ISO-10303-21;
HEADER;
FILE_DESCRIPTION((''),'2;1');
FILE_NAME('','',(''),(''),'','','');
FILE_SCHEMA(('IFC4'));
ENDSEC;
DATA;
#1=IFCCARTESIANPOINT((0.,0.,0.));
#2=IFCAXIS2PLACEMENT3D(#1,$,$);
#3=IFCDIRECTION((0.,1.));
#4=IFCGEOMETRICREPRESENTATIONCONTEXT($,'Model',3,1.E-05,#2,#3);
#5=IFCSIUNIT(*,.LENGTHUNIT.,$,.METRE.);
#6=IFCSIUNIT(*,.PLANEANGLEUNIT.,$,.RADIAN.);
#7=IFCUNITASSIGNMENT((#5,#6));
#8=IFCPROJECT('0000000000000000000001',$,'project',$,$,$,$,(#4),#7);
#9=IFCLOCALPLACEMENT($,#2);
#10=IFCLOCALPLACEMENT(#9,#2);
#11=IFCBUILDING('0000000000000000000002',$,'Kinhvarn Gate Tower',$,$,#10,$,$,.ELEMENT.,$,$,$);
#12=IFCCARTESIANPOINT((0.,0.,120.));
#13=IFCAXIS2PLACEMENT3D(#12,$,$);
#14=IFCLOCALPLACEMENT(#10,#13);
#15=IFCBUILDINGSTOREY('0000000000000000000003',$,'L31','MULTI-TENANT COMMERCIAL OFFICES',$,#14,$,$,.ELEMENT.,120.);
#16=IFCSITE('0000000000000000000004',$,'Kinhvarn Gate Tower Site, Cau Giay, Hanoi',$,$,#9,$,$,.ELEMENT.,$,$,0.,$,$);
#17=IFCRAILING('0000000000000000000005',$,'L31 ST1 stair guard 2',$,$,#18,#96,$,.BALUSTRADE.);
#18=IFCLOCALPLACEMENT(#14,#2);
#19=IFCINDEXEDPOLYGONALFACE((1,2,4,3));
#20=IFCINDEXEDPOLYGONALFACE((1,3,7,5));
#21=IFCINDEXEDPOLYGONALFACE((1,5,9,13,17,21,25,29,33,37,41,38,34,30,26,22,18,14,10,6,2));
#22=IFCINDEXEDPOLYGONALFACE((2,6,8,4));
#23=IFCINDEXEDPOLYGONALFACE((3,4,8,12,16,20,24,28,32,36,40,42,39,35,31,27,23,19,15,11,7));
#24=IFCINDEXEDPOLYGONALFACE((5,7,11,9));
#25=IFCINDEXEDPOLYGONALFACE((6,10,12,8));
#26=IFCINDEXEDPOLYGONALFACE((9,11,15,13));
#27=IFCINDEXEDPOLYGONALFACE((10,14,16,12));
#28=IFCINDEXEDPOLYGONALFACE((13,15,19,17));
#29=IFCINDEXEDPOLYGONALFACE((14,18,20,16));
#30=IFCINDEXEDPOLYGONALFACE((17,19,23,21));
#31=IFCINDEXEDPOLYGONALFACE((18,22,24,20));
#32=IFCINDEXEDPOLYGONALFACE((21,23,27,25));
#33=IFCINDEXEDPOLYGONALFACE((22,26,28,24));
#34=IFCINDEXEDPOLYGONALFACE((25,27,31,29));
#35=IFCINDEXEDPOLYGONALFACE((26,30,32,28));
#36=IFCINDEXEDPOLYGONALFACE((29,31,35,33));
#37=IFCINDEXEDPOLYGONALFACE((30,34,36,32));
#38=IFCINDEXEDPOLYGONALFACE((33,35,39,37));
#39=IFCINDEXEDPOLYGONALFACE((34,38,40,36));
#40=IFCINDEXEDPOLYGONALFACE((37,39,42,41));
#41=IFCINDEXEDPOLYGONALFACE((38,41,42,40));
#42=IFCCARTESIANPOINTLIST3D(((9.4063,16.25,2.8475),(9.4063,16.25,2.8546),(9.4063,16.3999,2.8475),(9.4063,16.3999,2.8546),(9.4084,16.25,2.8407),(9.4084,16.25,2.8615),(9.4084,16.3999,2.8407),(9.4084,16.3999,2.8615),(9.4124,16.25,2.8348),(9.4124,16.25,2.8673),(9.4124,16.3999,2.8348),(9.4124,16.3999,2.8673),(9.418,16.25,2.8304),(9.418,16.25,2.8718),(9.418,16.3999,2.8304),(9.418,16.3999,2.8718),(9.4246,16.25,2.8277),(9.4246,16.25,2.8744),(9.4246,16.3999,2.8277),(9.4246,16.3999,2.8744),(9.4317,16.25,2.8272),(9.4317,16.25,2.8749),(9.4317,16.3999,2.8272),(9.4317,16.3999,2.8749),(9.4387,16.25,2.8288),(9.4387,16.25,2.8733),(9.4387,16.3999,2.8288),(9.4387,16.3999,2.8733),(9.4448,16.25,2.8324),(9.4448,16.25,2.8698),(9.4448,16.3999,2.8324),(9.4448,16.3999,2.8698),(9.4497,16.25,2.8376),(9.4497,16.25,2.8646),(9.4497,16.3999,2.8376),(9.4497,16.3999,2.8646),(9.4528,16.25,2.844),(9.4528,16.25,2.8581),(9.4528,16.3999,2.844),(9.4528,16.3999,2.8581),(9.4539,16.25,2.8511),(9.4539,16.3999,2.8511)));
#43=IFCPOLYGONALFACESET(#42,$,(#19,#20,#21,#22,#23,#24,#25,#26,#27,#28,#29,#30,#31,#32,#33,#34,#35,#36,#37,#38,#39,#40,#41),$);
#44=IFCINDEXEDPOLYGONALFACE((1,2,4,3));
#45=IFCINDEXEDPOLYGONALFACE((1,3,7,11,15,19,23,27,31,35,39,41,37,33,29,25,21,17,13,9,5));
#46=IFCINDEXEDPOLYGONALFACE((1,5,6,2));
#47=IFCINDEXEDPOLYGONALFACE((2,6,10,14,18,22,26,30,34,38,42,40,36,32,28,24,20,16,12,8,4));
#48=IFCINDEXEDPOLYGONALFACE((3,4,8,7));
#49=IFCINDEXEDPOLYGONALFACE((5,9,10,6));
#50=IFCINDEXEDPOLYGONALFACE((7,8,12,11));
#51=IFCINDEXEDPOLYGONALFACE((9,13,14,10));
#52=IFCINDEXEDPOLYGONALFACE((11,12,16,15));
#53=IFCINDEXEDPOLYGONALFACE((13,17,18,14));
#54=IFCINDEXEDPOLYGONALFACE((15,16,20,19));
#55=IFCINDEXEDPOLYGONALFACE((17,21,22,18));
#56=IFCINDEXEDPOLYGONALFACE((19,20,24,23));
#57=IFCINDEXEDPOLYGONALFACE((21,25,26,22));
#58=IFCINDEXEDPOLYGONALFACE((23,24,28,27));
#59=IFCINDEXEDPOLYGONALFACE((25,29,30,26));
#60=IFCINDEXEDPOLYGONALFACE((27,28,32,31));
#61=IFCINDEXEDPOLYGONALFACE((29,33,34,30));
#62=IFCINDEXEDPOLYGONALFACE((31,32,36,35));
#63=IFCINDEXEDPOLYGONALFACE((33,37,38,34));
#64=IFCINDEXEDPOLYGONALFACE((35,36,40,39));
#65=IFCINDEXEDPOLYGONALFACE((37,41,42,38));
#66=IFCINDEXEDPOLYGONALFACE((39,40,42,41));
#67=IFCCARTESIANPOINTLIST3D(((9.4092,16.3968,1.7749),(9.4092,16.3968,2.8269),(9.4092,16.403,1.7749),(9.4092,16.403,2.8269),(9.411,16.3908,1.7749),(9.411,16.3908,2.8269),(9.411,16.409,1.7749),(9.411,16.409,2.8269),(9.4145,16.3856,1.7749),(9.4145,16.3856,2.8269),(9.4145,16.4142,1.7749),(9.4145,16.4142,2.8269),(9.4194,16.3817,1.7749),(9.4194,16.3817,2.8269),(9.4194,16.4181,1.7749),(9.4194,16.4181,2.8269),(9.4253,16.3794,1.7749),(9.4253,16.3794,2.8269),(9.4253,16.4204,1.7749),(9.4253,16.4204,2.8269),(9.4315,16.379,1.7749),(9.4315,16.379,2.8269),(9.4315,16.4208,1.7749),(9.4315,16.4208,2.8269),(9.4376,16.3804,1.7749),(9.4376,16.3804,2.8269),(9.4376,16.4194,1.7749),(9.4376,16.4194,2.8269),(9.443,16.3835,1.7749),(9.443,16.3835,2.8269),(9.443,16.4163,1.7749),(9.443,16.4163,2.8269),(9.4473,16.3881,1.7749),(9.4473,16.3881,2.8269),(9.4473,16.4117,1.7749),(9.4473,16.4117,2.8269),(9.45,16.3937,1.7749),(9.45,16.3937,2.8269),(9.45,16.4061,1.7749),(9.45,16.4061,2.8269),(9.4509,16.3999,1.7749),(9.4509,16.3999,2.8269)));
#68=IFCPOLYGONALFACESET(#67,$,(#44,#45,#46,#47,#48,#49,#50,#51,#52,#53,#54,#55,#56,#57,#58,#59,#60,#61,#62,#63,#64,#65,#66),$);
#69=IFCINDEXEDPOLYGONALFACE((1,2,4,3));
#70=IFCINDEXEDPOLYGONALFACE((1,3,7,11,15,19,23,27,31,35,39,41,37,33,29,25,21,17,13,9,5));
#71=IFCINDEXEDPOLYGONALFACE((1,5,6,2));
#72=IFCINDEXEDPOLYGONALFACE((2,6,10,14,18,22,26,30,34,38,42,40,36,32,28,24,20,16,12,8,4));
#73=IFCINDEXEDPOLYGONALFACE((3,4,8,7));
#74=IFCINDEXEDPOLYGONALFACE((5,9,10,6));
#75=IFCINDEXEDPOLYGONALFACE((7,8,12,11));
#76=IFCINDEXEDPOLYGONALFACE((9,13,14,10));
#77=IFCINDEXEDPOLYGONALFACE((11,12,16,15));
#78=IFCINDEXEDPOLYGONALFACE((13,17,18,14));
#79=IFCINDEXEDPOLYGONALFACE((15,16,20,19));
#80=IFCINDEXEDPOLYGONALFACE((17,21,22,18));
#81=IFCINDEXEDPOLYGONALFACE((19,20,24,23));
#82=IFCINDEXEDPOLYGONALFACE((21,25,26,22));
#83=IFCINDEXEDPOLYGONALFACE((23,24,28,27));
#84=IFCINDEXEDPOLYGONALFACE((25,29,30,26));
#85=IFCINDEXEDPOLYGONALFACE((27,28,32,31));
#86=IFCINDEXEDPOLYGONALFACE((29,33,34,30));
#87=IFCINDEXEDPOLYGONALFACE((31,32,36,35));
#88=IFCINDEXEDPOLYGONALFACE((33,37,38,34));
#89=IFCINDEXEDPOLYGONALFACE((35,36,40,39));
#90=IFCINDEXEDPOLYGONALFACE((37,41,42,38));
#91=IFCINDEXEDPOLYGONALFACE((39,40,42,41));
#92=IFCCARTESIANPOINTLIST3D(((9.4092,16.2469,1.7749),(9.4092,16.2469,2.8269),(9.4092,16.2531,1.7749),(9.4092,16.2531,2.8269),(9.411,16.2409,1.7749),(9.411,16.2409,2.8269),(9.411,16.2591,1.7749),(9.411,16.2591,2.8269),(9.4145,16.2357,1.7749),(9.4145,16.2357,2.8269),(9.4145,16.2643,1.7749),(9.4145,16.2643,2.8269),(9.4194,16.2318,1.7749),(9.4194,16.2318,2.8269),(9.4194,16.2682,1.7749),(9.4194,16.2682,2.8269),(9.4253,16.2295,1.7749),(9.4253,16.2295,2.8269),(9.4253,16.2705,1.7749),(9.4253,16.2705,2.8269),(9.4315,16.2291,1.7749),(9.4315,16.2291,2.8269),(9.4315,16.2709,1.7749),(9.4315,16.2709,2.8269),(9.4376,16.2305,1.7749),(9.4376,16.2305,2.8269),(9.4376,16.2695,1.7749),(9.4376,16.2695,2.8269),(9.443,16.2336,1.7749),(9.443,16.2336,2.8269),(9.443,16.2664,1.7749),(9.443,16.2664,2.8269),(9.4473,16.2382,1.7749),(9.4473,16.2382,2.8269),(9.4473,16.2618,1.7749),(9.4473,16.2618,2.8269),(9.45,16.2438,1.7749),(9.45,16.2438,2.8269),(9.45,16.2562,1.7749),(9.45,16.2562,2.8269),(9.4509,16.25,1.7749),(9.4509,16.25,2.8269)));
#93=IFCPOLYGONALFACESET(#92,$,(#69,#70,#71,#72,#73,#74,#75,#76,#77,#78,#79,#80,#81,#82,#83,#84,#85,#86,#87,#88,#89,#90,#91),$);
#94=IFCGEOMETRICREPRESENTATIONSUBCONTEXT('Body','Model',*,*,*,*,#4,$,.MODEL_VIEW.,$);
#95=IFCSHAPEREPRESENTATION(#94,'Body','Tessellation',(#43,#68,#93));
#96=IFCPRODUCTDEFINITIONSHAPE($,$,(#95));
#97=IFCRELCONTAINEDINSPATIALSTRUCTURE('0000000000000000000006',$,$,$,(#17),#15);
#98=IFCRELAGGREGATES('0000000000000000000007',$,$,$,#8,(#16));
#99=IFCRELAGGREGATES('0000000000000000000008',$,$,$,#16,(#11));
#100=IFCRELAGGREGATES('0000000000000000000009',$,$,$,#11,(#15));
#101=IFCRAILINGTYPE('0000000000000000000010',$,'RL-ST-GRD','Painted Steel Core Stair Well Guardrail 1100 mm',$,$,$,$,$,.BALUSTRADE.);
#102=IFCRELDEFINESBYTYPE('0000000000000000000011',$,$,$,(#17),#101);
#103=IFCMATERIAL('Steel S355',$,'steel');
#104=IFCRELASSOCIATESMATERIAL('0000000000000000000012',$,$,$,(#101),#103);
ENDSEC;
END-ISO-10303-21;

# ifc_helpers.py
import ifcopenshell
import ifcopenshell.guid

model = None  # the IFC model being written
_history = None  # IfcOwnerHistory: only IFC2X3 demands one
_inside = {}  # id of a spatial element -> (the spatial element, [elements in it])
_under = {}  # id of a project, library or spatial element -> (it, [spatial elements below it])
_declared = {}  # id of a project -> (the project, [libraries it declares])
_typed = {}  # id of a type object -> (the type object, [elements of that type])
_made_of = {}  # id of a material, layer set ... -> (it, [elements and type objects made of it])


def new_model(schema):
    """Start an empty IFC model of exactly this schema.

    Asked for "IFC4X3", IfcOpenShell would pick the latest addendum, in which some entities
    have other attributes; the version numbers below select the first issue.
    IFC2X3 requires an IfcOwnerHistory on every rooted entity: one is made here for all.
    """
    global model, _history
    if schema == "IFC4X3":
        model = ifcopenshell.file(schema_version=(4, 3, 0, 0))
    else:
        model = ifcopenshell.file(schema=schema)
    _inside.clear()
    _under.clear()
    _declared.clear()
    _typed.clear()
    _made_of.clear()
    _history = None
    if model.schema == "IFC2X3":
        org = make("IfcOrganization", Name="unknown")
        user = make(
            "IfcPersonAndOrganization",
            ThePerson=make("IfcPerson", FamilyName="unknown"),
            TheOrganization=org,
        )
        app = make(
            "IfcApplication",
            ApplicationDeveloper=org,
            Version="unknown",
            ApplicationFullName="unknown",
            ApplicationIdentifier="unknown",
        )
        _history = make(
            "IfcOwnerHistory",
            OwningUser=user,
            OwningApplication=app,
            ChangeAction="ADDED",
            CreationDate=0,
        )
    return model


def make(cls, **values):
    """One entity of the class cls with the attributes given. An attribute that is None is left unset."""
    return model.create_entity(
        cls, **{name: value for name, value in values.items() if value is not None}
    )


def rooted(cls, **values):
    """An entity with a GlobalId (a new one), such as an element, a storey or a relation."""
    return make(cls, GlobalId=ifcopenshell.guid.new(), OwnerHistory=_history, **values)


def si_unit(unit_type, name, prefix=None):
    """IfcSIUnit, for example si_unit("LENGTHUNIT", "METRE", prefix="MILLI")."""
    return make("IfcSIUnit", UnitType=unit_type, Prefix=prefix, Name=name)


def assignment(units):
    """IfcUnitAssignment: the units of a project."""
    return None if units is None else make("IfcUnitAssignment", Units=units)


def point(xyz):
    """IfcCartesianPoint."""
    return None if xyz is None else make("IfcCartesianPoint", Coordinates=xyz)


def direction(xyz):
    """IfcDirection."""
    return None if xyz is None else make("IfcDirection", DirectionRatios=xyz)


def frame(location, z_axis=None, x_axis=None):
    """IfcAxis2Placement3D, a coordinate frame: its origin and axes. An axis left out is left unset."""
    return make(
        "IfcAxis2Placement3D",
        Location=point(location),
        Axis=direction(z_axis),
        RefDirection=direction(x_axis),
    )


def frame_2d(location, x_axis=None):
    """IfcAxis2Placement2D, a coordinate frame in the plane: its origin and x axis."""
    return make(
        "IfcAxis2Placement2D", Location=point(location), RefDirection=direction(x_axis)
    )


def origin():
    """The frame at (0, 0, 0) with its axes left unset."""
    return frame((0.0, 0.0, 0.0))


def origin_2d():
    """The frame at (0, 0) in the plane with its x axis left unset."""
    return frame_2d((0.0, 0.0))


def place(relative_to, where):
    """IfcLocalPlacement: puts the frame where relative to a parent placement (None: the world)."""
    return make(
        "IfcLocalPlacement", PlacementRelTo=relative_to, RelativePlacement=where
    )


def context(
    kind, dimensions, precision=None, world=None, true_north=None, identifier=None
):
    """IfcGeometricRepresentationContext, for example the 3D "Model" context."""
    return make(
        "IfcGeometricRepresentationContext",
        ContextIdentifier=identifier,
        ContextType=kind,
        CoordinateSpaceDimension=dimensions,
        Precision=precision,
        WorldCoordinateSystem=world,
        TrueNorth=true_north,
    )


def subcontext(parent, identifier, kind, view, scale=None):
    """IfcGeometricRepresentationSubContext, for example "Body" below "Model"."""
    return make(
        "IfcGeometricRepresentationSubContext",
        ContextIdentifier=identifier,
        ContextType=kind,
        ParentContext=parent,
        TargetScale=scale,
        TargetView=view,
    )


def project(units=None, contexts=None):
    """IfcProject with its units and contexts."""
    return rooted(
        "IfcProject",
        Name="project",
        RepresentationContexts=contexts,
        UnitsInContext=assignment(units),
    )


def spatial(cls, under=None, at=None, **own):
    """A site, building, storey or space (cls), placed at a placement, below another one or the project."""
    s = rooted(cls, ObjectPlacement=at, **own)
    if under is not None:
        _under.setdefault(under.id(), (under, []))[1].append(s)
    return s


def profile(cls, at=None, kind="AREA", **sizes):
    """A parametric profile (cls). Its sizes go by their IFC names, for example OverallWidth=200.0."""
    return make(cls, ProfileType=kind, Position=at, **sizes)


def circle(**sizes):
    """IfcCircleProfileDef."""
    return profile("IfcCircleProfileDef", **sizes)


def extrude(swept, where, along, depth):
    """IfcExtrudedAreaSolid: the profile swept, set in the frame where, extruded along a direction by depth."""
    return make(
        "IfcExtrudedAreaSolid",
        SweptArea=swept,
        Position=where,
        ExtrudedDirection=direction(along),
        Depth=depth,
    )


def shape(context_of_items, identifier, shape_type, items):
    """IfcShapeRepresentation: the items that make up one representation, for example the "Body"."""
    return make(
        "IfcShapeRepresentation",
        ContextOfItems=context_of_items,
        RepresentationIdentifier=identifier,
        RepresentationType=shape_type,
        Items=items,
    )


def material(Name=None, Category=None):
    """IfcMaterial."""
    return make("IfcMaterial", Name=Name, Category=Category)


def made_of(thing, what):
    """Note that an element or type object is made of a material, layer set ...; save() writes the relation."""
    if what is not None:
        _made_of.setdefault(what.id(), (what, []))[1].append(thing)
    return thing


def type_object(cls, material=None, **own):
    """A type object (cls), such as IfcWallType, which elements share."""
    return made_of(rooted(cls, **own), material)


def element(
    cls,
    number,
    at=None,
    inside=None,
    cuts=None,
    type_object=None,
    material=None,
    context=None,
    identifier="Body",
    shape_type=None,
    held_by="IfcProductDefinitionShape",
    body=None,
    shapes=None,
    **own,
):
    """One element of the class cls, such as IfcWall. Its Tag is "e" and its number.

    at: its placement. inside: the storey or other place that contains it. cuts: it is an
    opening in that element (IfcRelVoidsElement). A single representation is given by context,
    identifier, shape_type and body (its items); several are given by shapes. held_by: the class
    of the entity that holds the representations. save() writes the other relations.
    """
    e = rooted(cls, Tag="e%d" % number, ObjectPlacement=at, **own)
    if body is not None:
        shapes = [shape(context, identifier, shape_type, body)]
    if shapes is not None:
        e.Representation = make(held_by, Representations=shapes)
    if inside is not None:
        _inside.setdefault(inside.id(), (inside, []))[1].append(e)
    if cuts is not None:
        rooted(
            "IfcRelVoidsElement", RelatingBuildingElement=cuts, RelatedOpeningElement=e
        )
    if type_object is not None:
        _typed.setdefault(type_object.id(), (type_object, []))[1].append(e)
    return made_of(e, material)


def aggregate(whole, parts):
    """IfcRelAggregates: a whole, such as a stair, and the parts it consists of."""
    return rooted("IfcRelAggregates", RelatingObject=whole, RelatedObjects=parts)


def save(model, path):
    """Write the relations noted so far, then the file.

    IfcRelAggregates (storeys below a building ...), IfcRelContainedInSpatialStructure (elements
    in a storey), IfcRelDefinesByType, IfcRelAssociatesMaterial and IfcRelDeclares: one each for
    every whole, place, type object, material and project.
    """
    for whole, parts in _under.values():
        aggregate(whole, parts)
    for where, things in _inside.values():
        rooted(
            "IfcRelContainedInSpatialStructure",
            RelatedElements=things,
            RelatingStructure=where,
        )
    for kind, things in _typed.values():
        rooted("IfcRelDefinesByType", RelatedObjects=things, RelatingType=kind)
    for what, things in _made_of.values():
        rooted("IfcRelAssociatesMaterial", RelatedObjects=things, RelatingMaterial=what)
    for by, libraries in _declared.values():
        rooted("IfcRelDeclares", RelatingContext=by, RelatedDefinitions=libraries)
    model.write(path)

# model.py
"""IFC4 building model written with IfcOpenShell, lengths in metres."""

from ifc_helpers import new_model, si_unit, direction, frame, origin, origin_2d, place, context, subcontext, project, spatial, circle, extrude, material, type_object, element, save


model = new_model("IFC4")

# Units and contexts
model_context = context("Model", 3, precision=1e-05, world=origin(), true_north=direction((0.0, 1.0)))
body_context = subcontext(model_context, "Body", "Model", "MODEL_VIEW")
ifc_project = project(units=[si_unit("LENGTHUNIT", "METRE"), si_unit("PLANEANGLEUNIT", "RADIAN")], contexts=[model_context])

# Site, building, storey
site_placement = place(None, origin())
site = spatial("IfcSite", under=ifc_project, at=site_placement, Name="Kinhvarn Gate Tower Site, Cau Giay, Hanoi", CompositionType="ELEMENT", RefElevation=0.0)
building_placement = place(site_placement, origin())
building = spatial("IfcBuilding", under=site, at=building_placement, Name="Kinhvarn Gate Tower", CompositionType="ELEMENT")
storey_placement = place(building_placement, frame((0.0, 0.0, 120.0)))
storey = spatial("IfcBuildingStorey", under=building, at=storey_placement, Name="L31", Description="MULTI-TENANT COMMERCIAL OFFICES", CompositionType="ELEMENT", Elevation=120.0)

# Shared definitions
ifc_material_1 = material(Name="Steel S355", Category="steel")

# Railing
railing_type_1 = type_object("IfcRailingType", Name="RL-ST-GRD", Description="Painted Steel Core Stair Well Guardrail 1100 mm", PredefinedType="BALUSTRADE", material=ifc_material_1)
railing_1_placement = place(storey_placement, frame((9.4299, 16.3999, 1.7749)))
element("IfcRailing", 1, at=railing_1_placement, inside=storey, type_object=railing_type_1, Name="L31 ST1 stair guard 2", PredefinedType="BALUSTRADE", context=body_context, shape_type="SweptSolid", body=[
    extrude(circle(Radius=0.0239, at=origin_2d()), frame((0.0, 0.0, 1.0762), z_axis=(0.0, -1.0, 0.0), x_axis=(1.0, 0.0, 0.0)), (0.0, 0.0, 1.0), 0.1499),
    extrude(circle(Radius=0.021, at=origin_2d()), origin(), (0.0, 0.0, 1.0), 1.052),
    extrude(circle(Radius=0.021, at=origin_2d()), frame((0.0, -0.1499, 0.0)), (0.0, 0.0, 1.0), 1.052),
])

save(model, "model.ifc")
